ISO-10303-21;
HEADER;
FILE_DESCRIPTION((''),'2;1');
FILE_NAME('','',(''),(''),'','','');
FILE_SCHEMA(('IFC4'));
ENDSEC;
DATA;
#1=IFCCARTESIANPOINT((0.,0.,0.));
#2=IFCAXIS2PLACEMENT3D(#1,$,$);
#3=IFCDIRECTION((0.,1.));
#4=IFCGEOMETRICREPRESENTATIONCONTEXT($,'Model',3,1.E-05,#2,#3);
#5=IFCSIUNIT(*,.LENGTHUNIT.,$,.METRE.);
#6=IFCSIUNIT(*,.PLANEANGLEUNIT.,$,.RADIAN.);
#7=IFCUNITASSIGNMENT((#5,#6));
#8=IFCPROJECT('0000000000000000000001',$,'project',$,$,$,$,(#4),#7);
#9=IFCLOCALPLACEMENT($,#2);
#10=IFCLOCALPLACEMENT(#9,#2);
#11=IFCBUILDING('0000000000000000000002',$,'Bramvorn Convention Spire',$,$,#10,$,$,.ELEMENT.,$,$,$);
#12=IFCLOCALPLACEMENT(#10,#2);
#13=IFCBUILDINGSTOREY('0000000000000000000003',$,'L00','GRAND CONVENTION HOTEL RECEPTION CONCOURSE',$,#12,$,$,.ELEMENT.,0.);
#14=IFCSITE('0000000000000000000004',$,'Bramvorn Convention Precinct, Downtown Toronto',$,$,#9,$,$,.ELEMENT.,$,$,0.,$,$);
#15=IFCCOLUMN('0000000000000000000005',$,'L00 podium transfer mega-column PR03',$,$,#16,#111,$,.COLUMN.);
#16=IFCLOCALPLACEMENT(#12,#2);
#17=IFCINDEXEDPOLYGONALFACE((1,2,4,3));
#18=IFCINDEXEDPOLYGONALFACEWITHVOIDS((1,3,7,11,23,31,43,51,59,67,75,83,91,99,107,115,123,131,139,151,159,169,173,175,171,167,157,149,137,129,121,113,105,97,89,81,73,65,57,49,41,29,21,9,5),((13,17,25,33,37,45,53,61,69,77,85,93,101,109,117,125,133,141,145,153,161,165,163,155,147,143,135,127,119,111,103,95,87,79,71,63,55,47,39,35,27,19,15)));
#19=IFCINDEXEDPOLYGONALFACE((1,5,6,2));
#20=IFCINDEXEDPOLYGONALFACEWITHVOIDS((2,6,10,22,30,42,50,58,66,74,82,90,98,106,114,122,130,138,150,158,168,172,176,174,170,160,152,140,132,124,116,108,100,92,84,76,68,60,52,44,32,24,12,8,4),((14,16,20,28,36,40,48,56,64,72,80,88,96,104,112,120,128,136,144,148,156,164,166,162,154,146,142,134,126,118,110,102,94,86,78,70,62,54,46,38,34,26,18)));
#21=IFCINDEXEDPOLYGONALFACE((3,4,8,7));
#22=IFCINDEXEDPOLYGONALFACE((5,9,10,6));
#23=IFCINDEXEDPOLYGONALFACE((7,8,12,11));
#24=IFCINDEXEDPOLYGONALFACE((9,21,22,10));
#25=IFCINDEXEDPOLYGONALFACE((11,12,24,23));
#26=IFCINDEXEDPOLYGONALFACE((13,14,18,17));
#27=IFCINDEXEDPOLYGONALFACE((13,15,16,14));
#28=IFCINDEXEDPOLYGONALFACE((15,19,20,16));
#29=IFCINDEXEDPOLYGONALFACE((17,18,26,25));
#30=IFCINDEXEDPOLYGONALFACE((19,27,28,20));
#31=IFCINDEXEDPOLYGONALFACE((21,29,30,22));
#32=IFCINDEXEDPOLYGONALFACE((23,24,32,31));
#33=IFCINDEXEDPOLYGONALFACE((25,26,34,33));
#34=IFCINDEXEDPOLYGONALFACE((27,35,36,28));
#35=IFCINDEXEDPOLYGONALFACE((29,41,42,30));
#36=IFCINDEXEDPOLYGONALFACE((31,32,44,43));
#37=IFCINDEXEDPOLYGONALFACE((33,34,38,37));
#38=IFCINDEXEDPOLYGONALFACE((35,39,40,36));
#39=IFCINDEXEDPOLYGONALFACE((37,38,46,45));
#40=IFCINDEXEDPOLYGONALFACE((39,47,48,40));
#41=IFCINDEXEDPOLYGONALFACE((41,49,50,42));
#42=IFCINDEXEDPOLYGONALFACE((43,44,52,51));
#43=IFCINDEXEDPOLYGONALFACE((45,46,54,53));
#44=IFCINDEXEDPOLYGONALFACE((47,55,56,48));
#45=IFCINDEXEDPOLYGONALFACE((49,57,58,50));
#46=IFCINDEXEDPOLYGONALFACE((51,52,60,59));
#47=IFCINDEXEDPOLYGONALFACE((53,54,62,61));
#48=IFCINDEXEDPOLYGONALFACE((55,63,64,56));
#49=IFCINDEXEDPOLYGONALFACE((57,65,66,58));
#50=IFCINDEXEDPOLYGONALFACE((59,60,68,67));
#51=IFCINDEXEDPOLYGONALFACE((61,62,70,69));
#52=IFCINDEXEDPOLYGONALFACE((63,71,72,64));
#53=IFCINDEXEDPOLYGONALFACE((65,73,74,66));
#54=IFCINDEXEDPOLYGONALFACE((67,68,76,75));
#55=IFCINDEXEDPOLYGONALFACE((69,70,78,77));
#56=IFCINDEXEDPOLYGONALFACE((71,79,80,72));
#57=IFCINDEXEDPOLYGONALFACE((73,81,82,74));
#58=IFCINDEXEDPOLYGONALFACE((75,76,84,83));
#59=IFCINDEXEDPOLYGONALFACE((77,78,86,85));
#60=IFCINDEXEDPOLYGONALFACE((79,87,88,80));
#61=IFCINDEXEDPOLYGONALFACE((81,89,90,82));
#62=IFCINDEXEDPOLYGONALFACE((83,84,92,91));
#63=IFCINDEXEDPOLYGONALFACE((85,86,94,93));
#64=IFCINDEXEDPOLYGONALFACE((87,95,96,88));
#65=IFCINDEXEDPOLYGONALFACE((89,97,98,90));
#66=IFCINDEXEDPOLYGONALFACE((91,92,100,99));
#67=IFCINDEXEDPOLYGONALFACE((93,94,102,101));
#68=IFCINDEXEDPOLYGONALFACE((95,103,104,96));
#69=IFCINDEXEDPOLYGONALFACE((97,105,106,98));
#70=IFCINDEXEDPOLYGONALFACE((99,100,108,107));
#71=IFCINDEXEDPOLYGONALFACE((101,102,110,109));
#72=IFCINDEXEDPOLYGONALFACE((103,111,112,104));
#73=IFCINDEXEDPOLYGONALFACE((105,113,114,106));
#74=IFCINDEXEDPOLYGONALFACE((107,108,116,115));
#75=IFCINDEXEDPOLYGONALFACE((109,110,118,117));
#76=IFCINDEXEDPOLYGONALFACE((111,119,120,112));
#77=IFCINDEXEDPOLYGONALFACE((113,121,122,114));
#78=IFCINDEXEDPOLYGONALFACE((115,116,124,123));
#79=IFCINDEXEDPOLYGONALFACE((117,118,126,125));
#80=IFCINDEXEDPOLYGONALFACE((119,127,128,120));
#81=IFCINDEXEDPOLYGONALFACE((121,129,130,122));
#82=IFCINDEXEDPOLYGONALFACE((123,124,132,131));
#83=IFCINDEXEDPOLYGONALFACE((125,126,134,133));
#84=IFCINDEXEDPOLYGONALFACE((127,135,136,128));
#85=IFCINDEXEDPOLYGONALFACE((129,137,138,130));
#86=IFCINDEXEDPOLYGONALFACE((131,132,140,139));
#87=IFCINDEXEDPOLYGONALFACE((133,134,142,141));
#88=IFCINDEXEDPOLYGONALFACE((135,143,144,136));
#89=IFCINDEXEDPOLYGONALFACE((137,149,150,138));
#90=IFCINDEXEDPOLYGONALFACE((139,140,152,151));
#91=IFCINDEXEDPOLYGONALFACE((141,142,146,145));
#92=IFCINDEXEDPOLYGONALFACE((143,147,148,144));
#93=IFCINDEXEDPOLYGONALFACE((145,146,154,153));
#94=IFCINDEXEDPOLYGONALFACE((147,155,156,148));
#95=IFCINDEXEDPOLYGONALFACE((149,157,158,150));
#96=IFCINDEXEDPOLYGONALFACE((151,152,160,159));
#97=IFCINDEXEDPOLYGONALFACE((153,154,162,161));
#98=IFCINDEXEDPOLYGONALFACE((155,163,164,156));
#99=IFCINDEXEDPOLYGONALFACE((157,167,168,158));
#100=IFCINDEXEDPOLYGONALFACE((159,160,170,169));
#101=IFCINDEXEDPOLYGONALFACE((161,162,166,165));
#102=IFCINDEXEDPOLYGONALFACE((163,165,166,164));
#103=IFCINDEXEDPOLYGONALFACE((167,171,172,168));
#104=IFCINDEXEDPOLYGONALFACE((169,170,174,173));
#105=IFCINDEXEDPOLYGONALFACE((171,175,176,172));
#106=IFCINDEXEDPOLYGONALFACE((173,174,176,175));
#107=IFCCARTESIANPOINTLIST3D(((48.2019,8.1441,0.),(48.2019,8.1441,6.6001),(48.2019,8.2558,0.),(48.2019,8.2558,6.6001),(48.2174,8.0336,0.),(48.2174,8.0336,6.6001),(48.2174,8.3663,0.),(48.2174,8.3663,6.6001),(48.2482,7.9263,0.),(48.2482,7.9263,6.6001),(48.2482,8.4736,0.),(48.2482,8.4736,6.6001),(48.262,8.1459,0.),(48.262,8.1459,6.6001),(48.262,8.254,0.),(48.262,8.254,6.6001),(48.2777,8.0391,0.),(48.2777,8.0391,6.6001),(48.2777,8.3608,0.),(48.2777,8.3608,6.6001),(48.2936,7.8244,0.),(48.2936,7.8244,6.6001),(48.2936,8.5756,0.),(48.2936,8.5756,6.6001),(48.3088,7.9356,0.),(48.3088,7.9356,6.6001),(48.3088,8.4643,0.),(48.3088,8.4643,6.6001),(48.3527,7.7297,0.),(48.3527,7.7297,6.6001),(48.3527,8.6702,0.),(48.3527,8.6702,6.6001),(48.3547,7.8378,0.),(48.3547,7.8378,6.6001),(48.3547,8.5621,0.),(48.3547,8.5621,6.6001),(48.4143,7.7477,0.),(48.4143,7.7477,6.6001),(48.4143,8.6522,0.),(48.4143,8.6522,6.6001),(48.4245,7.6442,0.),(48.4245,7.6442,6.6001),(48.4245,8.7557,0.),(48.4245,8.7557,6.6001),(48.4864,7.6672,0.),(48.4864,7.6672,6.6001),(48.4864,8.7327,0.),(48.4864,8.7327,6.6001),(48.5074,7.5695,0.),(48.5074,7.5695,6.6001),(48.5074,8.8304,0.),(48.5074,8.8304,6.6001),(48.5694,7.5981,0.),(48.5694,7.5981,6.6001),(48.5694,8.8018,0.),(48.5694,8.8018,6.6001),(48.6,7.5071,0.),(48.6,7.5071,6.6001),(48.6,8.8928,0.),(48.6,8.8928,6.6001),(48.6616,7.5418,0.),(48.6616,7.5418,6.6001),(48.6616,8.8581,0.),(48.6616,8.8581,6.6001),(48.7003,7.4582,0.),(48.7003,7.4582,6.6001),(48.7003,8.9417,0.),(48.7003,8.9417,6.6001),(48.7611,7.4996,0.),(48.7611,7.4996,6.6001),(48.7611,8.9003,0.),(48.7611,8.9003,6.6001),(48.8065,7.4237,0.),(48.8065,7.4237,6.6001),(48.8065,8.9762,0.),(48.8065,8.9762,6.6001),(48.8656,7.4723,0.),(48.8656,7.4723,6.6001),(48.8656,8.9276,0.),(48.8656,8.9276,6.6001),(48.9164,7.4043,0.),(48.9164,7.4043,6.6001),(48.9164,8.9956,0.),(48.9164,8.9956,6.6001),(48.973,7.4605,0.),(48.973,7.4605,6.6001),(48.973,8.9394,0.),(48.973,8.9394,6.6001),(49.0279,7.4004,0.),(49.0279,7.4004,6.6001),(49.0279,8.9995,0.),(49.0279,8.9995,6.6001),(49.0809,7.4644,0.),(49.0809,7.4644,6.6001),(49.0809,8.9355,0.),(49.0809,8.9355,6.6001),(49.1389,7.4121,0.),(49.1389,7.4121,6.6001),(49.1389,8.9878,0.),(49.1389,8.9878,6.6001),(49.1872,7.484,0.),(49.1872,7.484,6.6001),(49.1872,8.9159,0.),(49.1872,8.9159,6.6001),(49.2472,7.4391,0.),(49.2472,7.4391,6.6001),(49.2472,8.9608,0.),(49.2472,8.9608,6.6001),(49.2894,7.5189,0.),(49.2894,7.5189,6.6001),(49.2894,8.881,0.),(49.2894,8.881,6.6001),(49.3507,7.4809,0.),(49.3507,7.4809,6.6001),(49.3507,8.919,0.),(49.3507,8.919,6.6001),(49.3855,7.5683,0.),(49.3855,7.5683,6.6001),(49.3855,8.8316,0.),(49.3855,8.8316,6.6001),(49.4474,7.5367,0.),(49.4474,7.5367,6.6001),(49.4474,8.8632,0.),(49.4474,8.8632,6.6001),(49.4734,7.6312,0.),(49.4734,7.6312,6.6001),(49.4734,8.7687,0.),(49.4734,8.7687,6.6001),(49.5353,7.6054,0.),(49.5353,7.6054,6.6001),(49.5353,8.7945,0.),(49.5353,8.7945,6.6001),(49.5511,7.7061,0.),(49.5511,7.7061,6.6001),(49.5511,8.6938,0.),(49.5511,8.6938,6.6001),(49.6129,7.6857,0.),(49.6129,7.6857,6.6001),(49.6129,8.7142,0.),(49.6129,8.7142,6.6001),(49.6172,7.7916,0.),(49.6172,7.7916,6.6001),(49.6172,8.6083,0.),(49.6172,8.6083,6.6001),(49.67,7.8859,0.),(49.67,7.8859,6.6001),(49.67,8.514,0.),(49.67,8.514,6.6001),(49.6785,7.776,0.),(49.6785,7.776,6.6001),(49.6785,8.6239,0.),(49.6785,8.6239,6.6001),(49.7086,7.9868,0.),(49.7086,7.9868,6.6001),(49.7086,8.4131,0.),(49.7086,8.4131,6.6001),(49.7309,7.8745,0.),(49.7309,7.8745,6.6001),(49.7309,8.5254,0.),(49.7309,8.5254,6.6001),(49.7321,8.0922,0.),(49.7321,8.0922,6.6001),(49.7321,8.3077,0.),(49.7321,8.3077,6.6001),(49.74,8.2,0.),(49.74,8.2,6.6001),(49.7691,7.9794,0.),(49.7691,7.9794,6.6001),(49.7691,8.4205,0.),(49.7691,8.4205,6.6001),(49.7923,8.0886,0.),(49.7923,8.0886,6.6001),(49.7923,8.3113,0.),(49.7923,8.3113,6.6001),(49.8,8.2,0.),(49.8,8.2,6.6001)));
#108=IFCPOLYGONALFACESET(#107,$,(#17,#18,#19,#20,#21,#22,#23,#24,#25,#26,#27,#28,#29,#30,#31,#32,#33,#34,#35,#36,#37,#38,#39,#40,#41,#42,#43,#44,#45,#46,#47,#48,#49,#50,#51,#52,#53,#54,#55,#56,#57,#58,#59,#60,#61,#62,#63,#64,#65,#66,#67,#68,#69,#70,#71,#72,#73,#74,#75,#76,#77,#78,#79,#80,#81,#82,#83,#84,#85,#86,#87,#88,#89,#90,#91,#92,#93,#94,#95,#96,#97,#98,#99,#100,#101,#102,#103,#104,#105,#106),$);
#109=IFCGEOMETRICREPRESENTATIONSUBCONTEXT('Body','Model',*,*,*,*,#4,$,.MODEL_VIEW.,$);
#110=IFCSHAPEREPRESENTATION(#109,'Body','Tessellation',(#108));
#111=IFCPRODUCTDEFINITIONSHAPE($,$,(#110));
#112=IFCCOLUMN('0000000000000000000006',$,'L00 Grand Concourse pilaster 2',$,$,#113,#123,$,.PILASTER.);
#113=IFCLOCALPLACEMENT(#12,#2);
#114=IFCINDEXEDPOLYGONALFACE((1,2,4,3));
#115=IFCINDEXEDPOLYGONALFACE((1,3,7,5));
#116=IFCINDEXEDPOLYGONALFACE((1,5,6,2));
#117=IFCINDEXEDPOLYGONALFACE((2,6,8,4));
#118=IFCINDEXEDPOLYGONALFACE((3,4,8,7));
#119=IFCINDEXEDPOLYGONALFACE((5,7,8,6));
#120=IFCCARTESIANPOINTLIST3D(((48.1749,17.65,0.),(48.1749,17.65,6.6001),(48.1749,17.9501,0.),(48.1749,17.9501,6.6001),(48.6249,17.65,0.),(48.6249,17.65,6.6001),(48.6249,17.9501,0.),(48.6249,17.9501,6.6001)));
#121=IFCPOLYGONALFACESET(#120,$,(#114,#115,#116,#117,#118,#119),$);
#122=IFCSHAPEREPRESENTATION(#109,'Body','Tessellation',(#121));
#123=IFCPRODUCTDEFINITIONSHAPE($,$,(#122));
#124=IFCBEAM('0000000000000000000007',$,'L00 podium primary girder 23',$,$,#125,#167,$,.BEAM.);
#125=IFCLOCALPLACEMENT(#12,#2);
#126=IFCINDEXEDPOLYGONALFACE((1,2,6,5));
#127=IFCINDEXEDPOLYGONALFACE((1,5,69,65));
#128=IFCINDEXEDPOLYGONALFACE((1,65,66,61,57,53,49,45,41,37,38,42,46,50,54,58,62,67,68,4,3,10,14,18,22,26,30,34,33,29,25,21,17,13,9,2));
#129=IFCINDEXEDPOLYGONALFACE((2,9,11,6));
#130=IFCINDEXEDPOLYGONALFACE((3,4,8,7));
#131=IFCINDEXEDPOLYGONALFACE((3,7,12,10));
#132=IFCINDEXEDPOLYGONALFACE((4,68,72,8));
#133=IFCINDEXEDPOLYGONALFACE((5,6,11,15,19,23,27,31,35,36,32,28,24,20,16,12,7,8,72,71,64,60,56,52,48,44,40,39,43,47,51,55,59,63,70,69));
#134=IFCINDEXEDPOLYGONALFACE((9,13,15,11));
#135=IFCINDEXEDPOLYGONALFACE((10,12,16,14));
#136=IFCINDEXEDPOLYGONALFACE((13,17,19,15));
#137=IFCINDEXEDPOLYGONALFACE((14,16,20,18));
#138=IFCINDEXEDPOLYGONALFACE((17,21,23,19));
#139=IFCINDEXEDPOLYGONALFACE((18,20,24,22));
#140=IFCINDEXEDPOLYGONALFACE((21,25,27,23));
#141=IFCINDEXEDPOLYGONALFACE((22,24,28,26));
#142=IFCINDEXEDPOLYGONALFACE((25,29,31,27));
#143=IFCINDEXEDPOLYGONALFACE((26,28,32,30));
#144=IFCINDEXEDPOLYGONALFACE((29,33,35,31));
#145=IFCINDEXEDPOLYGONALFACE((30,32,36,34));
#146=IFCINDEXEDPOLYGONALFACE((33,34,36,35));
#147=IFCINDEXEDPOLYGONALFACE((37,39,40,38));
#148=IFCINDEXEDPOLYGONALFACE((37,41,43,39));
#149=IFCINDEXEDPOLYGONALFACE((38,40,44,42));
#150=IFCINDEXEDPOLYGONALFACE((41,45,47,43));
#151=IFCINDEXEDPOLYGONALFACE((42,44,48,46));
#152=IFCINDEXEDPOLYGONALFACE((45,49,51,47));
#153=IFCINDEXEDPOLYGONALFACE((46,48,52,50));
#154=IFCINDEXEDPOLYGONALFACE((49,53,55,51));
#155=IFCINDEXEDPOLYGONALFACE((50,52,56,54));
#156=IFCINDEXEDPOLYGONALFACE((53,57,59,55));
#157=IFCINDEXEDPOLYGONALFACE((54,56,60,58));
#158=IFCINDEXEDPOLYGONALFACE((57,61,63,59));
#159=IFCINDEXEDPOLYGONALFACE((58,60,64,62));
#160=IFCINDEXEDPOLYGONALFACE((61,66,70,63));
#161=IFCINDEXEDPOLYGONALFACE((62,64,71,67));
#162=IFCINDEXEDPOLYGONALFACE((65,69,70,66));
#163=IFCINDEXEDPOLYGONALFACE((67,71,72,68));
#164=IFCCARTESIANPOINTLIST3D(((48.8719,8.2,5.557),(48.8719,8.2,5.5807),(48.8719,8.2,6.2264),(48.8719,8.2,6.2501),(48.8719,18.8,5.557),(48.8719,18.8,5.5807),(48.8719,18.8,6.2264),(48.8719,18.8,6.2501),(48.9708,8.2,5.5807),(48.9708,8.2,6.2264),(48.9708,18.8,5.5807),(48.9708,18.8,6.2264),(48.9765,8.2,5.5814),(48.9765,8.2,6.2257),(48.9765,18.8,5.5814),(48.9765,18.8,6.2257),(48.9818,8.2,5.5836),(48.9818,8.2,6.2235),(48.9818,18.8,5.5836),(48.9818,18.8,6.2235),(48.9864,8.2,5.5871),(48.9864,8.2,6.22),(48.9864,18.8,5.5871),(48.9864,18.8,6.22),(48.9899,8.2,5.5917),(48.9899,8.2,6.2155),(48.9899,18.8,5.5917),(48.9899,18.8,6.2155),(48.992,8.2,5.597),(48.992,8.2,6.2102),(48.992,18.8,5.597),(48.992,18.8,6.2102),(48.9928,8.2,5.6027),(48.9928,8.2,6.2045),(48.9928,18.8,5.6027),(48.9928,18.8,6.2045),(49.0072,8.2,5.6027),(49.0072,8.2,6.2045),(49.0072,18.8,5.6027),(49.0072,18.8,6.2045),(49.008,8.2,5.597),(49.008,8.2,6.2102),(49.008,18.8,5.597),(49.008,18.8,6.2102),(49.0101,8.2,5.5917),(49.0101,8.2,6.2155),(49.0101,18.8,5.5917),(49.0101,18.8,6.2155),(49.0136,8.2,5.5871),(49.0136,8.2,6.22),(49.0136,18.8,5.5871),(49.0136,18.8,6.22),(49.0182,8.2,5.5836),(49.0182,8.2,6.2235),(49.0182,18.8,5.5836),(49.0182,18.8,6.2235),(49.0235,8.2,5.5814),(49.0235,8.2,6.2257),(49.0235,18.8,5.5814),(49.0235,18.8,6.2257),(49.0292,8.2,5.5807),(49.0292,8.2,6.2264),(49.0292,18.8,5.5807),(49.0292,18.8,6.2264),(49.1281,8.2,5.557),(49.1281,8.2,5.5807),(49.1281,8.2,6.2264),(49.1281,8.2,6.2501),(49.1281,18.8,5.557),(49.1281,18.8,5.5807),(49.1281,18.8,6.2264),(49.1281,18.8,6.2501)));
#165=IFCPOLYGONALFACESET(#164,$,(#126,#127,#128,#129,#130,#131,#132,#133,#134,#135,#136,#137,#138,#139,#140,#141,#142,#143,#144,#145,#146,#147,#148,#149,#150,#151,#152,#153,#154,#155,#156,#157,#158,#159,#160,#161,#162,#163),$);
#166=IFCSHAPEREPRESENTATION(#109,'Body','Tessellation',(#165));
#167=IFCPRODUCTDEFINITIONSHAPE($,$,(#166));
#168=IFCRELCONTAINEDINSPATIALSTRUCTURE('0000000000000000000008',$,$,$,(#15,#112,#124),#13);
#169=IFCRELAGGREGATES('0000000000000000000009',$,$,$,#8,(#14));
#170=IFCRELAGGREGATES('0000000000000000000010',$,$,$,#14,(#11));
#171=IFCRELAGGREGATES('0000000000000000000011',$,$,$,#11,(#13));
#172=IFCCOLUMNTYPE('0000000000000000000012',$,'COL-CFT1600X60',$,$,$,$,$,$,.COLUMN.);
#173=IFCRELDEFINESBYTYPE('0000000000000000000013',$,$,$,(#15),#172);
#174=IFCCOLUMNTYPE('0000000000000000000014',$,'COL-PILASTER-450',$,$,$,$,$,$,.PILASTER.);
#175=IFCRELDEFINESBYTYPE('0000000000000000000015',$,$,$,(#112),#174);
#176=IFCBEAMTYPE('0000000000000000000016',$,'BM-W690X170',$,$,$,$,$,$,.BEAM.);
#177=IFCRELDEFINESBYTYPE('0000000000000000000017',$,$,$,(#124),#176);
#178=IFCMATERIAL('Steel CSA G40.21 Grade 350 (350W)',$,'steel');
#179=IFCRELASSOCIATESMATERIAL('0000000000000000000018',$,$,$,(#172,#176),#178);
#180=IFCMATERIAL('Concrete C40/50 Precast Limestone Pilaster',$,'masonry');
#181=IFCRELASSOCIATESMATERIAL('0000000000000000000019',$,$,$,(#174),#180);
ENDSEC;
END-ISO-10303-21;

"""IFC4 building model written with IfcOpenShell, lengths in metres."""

from ifc_helpers import new_model, si_unit, direction, frame, origin, origin_2d, place, context, subcontext, project, spatial, rectangle, hollow_circle, i_section, extrude, material, material_profile, profile_set, type_object, element, save


model = new_model("IFC4")

# Units and contexts
model_context = context("Model", 3, precision=1e-05, world=origin(), true_north=direction((0.0, 1.0)))
body_context = subcontext(model_context, "Body", "Model", "MODEL_VIEW")
ifc_project = project(units=[si_unit("LENGTHUNIT", "METRE"), si_unit("PLANEANGLEUNIT", "RADIAN")], contexts=[model_context])

# Site, building, storey
site_placement = place(None, origin())
site = spatial("IfcSite", under=ifc_project, at=site_placement, Name="Bramvorn Convention Precinct, Downtown Toronto", CompositionType="ELEMENT", RefElevation=0.0)
building_placement = place(site_placement, origin())
building = spatial("IfcBuilding", under=site, at=building_placement, Name="Bramvorn Convention Spire", CompositionType="ELEMENT")
storey_placement = place(building_placement, origin())
storey = spatial("IfcBuildingStorey", under=building, at=storey_placement, Name="L00", Description="GRAND CONVENTION HOTEL RECEPTION CONCOURSE", CompositionType="ELEMENT", Elevation=0.0)

# Columns
ifc_material_1 = material(Name="Steel CSA G40.21 Grade 350 (350W)", Category="steel")
ifc_material_profile_1 = material_profile(ifc_material_1, hollow_circle(Radius=0.8, WallThickness=0.0601, at=origin_2d()))
ifc_profile_set_1 = profile_set([ifc_material_profile_1], Name="Steel CSA G40.21 Grade 350 (350W) - CFT1600X60")
column_type_1 = type_object("IfcColumnType", Name="COL-CFT1600X60", PredefinedType="COLUMN", material=ifc_profile_set_1)
column_1_placement = place(storey_placement, frame((49.0, 8.2, 0.0), z_axis=(0.0, 0.0, 1.0), x_axis=(1.0, 0.0, 0.0)))
element("IfcColumn", 1, at=column_1_placement, inside=storey, type_object=column_type_1, Name="L00 podium transfer mega-column PR03", PredefinedType="COLUMN", context=body_context, shape_type="SweptSolid", body=[
    extrude(hollow_circle(Radius=0.8, WallThickness=0.0601, at=origin_2d()), origin(), (0.0, 0.0, 1.0), 6.6001),
])
ifc_material_2 = material(Name="Concrete C40/50 Precast Limestone Pilaster", Category="masonry")
ifc_material_profile_2 = material_profile(ifc_material_2, rectangle(XDim=0.45, YDim=0.3, at=origin_2d()))
ifc_profile_set_2 = profile_set([ifc_material_profile_2], Name="Concrete C40/50 Precast Limestone Pilaster - PILASTER450X300")
column_type_2 = type_object("IfcColumnType", Name="COL-PILASTER-450", PredefinedType="PILASTER", material=ifc_profile_set_2)
column_2_placement = place(storey_placement, frame((48.3999, 17.8, 0.0), z_axis=(0.0, 0.0, 1.0), x_axis=(1.0, 0.0, 0.0)))
element("IfcColumn", 2, at=column_2_placement, inside=storey, type_object=column_type_2, Name="L00 Grand Concourse pilaster 2", PredefinedType="PILASTER", context=body_context, shape_type="SweptSolid", body=[
    extrude(rectangle(XDim=0.45, YDim=0.3, at=origin_2d()), origin(), (0.0, 0.0, 1.0), 6.6001),
])

# Beam
ifc_material_profile_3 = material_profile(ifc_material_1, i_section(OverallWidth=0.2561, OverallDepth=0.6931, WebThickness=0.0144, FlangeThickness=0.0237, FilletRadius=0.022, at=origin_2d()))
ifc_profile_set_3 = profile_set([ifc_material_profile_3], Name="Steel CSA G40.21 Grade 350 (350W) - W690X170")
beam_type_1 = type_object("IfcBeamType", Name="BM-W690X170", PredefinedType="BEAM", material=ifc_profile_set_3)
beam_placement = place(storey_placement, frame((49.0, 8.2, 5.9036), z_axis=(0.0, 1.0, 0.0), x_axis=(-1.0, 0.0, 0.0)))
element("IfcBeam", 3, at=beam_placement, inside=storey, type_object=beam_type_1, Name="L00 podium primary girder 23", PredefinedType="BEAM", context=body_context, shape_type="SweptSolid", body=[
    extrude(i_section(OverallWidth=0.2561, OverallDepth=0.6931, WebThickness=0.0144, FlangeThickness=0.0237, FilletRadius=0.022, at=origin_2d()), origin(), (0.0, 0.0, 1.0), 10.6001),
])

save(model, "model.ifc")
